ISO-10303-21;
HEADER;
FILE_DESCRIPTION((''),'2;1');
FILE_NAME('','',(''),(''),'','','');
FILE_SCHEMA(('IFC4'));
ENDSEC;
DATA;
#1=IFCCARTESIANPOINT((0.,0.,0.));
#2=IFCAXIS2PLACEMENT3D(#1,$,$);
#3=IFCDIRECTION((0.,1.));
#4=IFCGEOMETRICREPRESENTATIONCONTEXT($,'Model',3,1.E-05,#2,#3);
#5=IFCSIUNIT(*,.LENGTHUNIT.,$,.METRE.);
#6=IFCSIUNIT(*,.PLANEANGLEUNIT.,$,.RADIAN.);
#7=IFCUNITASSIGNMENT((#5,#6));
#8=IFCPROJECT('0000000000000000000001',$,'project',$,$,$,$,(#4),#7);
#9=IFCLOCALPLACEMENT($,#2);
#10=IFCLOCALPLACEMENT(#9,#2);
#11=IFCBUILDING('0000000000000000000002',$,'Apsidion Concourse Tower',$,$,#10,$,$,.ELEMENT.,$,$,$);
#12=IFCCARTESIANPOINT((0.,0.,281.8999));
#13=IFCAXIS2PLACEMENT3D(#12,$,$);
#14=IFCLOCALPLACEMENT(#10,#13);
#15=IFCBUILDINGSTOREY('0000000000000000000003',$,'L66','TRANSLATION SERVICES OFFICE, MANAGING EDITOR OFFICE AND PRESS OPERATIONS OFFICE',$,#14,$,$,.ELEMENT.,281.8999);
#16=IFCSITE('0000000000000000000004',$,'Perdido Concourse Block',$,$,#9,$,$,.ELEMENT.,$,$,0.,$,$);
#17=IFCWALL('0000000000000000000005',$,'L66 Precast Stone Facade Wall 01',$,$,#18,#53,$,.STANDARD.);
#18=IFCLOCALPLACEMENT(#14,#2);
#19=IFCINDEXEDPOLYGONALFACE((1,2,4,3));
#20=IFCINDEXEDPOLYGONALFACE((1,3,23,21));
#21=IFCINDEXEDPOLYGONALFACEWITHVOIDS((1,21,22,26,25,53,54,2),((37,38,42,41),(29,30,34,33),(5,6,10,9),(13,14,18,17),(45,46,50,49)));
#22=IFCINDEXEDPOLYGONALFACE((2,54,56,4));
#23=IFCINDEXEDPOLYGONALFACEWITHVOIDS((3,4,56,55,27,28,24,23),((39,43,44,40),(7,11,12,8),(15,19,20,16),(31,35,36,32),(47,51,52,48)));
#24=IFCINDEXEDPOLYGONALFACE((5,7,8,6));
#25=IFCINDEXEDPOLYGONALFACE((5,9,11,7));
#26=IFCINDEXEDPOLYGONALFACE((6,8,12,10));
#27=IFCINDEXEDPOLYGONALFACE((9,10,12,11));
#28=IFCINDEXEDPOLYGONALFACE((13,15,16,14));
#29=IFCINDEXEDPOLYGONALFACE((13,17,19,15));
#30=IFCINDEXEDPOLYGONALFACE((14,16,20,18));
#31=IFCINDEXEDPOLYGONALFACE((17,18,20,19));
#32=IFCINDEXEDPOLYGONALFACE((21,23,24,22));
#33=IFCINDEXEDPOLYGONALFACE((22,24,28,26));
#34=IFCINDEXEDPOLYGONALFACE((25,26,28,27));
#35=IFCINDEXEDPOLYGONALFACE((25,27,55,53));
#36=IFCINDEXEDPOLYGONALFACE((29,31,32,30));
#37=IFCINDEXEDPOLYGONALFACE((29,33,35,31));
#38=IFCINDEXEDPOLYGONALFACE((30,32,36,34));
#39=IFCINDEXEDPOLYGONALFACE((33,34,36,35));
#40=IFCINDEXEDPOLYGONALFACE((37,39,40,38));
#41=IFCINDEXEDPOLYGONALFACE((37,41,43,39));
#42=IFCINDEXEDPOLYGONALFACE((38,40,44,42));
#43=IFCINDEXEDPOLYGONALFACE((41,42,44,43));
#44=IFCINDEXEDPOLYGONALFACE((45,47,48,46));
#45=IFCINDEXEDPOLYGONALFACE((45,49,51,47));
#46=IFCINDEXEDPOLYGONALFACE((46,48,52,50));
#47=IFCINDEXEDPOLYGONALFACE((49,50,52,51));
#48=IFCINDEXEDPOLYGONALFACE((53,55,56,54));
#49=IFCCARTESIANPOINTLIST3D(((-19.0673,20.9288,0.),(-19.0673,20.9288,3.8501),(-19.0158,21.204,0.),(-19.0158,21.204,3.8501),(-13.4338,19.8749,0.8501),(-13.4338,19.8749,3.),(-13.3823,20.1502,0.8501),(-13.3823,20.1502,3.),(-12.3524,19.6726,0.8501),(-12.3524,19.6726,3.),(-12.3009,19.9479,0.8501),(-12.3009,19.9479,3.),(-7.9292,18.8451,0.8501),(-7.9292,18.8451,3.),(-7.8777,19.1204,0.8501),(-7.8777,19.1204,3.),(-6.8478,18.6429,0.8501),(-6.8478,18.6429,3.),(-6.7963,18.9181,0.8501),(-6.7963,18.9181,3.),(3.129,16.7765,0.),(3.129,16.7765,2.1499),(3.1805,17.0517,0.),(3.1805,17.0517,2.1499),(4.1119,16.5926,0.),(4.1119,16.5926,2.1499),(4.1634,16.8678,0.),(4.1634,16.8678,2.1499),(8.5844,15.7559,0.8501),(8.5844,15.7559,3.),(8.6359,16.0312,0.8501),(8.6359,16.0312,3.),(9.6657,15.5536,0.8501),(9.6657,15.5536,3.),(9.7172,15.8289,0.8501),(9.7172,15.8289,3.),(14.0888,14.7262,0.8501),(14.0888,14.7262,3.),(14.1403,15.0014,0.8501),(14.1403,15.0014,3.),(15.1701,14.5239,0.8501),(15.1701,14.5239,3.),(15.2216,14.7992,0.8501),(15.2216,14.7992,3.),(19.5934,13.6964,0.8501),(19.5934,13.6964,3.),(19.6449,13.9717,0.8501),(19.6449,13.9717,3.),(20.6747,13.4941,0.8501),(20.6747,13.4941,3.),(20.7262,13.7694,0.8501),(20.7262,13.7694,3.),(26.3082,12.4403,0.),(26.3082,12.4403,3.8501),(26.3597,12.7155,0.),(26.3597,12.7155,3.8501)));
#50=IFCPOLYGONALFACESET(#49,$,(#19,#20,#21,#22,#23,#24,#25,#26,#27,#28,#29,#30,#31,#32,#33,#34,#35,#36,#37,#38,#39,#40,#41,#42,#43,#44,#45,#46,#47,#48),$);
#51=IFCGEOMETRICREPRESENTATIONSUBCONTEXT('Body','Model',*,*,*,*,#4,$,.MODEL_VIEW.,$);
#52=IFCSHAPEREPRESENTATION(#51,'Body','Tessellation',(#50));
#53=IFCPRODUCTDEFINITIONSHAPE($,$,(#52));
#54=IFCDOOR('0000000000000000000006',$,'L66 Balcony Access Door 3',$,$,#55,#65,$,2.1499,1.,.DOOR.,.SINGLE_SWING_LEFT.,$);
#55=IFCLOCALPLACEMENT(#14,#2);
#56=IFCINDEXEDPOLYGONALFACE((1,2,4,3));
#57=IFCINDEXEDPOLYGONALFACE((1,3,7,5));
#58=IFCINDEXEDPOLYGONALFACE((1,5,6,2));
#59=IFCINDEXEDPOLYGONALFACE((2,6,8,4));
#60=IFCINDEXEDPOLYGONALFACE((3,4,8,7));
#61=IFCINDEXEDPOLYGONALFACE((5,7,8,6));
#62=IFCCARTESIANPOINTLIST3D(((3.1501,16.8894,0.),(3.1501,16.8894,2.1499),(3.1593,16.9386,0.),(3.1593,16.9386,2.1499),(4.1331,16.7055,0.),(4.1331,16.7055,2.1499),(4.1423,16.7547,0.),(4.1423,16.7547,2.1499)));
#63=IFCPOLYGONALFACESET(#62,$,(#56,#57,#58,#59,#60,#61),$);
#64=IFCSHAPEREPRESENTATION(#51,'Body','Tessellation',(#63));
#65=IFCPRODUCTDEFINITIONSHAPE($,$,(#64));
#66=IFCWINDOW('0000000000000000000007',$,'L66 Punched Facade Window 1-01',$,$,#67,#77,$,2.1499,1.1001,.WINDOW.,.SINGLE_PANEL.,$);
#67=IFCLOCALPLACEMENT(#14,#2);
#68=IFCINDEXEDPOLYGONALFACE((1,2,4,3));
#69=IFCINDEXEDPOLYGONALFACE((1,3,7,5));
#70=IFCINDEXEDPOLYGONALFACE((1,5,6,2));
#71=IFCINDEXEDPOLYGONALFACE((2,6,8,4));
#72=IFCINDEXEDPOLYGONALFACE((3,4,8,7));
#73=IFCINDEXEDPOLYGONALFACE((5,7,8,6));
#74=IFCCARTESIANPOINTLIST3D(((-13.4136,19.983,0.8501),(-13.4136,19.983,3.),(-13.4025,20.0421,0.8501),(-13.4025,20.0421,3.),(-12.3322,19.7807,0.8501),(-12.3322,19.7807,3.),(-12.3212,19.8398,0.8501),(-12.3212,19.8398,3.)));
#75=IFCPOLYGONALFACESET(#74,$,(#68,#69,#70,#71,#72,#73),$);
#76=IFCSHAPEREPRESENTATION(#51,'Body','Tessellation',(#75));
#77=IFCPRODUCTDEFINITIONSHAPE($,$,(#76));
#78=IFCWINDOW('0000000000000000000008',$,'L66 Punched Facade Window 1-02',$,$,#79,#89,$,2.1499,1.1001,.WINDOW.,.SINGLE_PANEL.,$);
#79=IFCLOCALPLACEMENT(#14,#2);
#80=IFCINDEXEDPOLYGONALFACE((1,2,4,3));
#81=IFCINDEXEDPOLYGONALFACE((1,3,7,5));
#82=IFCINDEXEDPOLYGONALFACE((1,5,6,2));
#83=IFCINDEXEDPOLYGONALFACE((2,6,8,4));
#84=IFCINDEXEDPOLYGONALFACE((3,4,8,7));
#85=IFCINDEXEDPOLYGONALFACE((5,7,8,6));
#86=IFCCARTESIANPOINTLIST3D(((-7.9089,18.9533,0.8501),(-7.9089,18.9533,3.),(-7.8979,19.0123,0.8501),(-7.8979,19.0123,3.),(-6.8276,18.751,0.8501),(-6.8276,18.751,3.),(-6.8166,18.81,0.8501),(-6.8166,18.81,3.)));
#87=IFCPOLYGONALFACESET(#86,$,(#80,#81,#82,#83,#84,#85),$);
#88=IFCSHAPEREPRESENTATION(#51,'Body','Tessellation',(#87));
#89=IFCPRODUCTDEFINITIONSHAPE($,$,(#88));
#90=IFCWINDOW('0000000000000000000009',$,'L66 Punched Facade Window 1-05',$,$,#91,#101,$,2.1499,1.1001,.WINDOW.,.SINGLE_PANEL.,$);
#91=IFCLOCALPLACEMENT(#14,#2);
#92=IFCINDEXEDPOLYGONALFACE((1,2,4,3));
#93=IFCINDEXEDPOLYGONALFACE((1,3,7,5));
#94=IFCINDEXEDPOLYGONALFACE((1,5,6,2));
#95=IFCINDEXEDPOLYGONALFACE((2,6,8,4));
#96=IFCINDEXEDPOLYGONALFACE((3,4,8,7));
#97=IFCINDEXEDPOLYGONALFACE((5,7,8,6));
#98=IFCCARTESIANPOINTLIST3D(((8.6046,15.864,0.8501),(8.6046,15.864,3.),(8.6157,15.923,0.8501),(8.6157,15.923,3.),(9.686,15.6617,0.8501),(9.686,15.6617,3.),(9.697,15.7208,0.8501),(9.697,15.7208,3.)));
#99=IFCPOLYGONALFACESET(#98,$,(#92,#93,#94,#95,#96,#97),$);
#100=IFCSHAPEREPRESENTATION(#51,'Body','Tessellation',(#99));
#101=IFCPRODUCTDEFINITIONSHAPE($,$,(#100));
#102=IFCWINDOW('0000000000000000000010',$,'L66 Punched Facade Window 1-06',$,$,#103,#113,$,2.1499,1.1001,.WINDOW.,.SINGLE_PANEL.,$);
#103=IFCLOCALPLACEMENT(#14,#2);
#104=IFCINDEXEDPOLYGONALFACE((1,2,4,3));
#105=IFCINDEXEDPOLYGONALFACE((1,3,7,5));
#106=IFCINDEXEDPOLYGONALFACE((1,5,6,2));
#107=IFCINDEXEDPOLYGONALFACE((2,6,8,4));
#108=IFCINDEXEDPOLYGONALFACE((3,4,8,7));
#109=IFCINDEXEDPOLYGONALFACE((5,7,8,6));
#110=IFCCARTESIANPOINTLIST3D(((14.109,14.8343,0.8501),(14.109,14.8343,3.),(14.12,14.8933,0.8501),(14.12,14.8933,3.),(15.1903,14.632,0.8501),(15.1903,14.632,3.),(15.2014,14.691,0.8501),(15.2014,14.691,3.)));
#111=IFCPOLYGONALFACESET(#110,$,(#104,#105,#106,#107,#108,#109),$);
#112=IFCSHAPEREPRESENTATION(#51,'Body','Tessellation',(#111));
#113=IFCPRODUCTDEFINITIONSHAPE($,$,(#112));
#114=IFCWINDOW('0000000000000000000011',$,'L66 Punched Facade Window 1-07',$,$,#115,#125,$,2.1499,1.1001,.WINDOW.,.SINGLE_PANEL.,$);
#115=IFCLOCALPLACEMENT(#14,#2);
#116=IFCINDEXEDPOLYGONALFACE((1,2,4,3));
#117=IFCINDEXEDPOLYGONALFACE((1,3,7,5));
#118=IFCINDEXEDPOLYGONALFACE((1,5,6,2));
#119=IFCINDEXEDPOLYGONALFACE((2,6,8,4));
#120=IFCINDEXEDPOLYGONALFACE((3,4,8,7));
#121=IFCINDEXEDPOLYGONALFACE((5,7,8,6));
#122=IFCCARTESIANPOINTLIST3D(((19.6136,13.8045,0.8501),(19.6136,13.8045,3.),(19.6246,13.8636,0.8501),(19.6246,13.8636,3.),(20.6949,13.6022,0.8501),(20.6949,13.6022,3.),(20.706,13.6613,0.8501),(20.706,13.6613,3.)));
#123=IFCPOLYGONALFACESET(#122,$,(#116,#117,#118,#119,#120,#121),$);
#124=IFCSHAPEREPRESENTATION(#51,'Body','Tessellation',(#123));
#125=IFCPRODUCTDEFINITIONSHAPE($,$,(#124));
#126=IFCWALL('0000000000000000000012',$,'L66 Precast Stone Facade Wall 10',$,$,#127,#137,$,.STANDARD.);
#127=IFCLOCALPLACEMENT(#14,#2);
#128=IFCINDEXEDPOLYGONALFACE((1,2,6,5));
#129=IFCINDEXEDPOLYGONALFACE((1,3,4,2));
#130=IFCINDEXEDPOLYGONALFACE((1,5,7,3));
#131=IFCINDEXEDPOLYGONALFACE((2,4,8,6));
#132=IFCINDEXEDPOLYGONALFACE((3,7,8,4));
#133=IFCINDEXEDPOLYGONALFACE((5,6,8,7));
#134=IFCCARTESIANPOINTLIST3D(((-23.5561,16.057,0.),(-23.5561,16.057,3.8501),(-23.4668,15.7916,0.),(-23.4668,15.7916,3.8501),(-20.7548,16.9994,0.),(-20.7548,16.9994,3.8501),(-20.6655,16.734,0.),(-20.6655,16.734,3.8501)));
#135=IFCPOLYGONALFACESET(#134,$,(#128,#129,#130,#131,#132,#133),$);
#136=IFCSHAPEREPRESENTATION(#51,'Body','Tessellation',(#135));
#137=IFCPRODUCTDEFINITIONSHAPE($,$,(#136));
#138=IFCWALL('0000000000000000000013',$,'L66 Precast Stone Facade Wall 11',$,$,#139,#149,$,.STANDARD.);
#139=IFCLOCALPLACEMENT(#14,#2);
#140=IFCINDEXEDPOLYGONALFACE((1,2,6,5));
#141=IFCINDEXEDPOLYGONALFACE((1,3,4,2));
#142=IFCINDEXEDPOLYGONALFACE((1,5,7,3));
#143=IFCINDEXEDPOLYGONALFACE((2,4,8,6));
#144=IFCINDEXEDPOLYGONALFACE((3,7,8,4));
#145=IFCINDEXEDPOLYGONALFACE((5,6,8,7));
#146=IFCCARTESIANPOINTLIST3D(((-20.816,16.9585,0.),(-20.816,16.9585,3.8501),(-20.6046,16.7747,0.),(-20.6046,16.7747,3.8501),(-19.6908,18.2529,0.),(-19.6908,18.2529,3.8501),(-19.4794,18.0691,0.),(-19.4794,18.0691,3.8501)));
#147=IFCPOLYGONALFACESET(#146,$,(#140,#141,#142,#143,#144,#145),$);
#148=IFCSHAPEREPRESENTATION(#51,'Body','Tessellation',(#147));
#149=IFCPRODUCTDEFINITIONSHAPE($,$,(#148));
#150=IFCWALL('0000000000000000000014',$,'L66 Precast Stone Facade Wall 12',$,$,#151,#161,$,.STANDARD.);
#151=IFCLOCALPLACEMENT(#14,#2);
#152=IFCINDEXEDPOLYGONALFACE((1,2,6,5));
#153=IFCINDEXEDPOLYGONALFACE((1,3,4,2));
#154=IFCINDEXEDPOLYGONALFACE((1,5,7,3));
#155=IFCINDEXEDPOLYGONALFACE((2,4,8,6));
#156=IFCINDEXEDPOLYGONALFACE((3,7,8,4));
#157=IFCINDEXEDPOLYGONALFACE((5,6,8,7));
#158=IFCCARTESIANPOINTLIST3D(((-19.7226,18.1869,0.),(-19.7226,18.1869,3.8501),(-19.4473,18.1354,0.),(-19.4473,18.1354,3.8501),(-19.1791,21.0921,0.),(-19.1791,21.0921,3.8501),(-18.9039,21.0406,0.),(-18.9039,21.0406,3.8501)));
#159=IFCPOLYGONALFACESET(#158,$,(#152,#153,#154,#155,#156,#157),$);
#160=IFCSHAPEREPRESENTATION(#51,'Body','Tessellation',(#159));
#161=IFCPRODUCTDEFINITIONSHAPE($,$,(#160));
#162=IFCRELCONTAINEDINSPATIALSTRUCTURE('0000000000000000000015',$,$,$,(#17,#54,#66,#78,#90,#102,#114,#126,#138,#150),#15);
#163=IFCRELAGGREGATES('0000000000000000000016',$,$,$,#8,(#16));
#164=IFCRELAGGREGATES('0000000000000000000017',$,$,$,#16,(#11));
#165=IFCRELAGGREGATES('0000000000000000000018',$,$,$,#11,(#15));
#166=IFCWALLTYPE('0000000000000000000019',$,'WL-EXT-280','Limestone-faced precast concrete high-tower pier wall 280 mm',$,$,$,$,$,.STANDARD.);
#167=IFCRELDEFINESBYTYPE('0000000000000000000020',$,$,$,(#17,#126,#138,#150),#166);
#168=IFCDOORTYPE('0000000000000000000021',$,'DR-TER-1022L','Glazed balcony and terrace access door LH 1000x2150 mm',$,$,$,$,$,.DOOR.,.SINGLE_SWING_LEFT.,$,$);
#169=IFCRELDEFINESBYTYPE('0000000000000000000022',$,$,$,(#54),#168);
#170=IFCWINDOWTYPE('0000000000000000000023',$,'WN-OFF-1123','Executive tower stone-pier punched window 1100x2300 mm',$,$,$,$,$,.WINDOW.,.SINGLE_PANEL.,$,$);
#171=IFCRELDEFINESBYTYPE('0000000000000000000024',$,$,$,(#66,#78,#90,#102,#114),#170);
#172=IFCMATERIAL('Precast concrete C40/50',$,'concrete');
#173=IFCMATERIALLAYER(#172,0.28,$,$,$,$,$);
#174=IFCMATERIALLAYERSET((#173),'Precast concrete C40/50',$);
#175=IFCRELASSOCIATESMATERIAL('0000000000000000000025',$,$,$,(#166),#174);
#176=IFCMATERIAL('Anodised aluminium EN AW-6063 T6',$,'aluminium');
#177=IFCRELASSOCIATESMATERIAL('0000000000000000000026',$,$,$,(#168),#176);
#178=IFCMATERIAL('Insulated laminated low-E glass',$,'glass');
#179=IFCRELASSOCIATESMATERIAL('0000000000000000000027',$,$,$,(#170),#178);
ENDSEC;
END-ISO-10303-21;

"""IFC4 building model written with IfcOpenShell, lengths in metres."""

from ifc_helpers import new_model, si_unit, direction, frame, frame_2d, origin, place, context, subcontext, project, spatial, rectangle, extrude, material, layer, layer_set, type_object, element, fill, save


model = new_model("IFC4")

# Units and contexts
model_context = context("Model", 3, precision=1e-05, world=origin(), true_north=direction((0.0, 1.0)))
body_context = subcontext(model_context, "Body", "Model", "MODEL_VIEW")
ifc_project = project(units=[si_unit("LENGTHUNIT", "METRE"), si_unit("PLANEANGLEUNIT", "RADIAN")], contexts=[model_context])

# Site, building, storey
site_placement = place(None, origin())
site = spatial("IfcSite", under=ifc_project, at=site_placement, Name="Perdido Concourse Block", CompositionType="ELEMENT", RefElevation=0.0)
building_placement = place(site_placement, origin())
building = spatial("IfcBuilding", under=site, at=building_placement, Name="Apsidion Concourse Tower", CompositionType="ELEMENT")
storey_placement = place(building_placement, frame((0.0, 0.0, 281.8999)))
storey = spatial("IfcBuildingStorey", under=building, at=storey_placement, Name="L66", Description="TRANSLATION SERVICES OFFICE, MANAGING EDITOR OFFICE AND PRESS OPERATIONS OFFICE", CompositionType="ELEMENT", Elevation=281.8999)

# Wall, openings, door, windows
ifc_material_1 = material(Name="Precast concrete C40/50", Category="concrete")
ifc_layer = layer(ifc_material_1, 0.28)
ifc_layer_set = layer_set([ifc_layer], Name="Precast concrete C40/50")
wall_type = type_object("IfcWallType", Name="WL-EXT-280", Description="Limestone-faced precast concrete high-tower pier wall 280 mm", PredefinedType="STANDARD", material=ifc_layer_set)
wall_1_placement = place(storey_placement, frame((-19.0415, 21.0664, 0.0), z_axis=(0.0, 0.0, 1.0), x_axis=(0.982948, -0.183883, 0.0)))
wall_1 = element("IfcWall", 1, at=wall_1_placement, inside=storey, type_object=wall_type, Name="L66 Precast Stone Facade Wall 01", PredefinedType="STANDARD", context=body_context, shape_type="SweptSolid", body=[
    extrude(rectangle(XDim=46.1626, YDim=0.28, at=frame_2d((23.0813, 0.0))), origin(), (0.0, 0.0, 1.0), 3.8501),
])
opening_1_placement = place(wall_1_placement, frame((22.5813, 0.0, 0.0)))
opening_1 = element("IfcOpeningElement", 2, at=opening_1_placement, cuts=wall_1, PredefinedType="OPENING", context=body_context, shape_type="SweptSolid", body=[
    extrude(rectangle(XDim=1.0, YDim=2.1499, at=frame_2d((0.5, 1.075))), frame((0.0, 0.1499, 0.0), z_axis=(0.0, -1.0, 0.0), x_axis=(1.0, 0.0, 0.0)), (0.0, 0.0, 1.0), 0.3),
])
opening_2_placement = place(wall_1_placement, frame((5.7312, 0.0, 0.8501)))
opening_2 = element("IfcOpeningElement", 3, at=opening_2_placement, cuts=wall_1, PredefinedType="OPENING", context=body_context, shape_type="SweptSolid", body=[
    extrude(rectangle(XDim=1.1001, YDim=2.1499, at=frame_2d((0.55, 1.075))), frame((0.0, 0.1499, 0.0), z_axis=(0.0, -1.0, 0.0), x_axis=(1.0, 0.0, 0.0)), (0.0, 0.0, 1.0), 0.3),
])
opening_3_placement = place(wall_1_placement, frame((11.3313, 0.0, 0.8501)))
opening_3 = element("IfcOpeningElement", 4, at=opening_3_placement, cuts=wall_1, PredefinedType="OPENING", context=body_context, shape_type="SweptSolid", body=[
    extrude(rectangle(XDim=1.1001, YDim=2.1499, at=frame_2d((0.55, 1.075))), frame((0.0, 0.1499, 0.0), z_axis=(0.0, -1.0, 0.0), x_axis=(1.0, 0.0, 0.0)), (0.0, 0.0, 1.0), 0.3),
])
opening_4_placement = place(wall_1_placement, frame((28.1313, 0.0, 0.8501)))
opening_4 = element("IfcOpeningElement", 5, at=opening_4_placement, cuts=wall_1, PredefinedType="OPENING", context=body_context, shape_type="SweptSolid", body=[
    extrude(rectangle(XDim=1.1001, YDim=2.1499, at=frame_2d((0.55, 1.075))), frame((0.0, 0.1499, 0.0), z_axis=(0.0, -1.0, 0.0), x_axis=(1.0, 0.0, 0.0)), (0.0, 0.0, 1.0), 0.3),
])
opening_5_placement = place(wall_1_placement, frame((33.7312, 0.0, 0.8501)))
opening_5 = element("IfcOpeningElement", 6, at=opening_5_placement, cuts=wall_1, PredefinedType="OPENING", context=body_context, shape_type="SweptSolid", body=[
    extrude(rectangle(XDim=1.1001, YDim=2.1499, at=frame_2d((0.55, 1.075))), frame((0.0, 0.1499, 0.0), z_axis=(0.0, -1.0, 0.0), x_axis=(1.0, 0.0, 0.0)), (0.0, 0.0, 1.0), 0.3),
])
opening_6_placement = place(wall_1_placement, frame((39.3313, 0.0, 0.8501)))
opening_6 = element("IfcOpeningElement", 7, at=opening_6_placement, cuts=wall_1, PredefinedType="OPENING", context=body_context, shape_type="SweptSolid", body=[
    extrude(rectangle(XDim=1.1001, YDim=2.1499, at=frame_2d((0.55, 1.075))), frame((0.0, 0.1499, 0.0), z_axis=(0.0, -1.0, 0.0), x_axis=(1.0, 0.0, 0.0)), (0.0, 0.0, 1.0), 0.3),
])
ifc_material_2 = material(Name="Anodised aluminium EN AW-6063 T6", Category="aluminium")
door_type = type_object("IfcDoorType", Name="DR-TER-1022L", Description="Glazed balcony and terrace access door LH 1000x2150 mm", OperationType="SINGLE_SWING_LEFT", PredefinedType="DOOR", material=ifc_material_2)
door_placement = place(opening_1_placement, origin())
door = element("IfcDoor", 8, at=door_placement, inside=storey, type_object=door_type, Name="L66 Balcony Access Door 3", OperationType="SINGLE_SWING_LEFT", OverallHeight=2.1499, OverallWidth=1.0, PredefinedType="DOOR", context=body_context, shape_type="SweptSolid", body=[
    extrude(rectangle(XDim=1.0, YDim=2.1499, at=frame_2d((0.5, 1.075))), frame((0.0, 0.0249, 0.0), z_axis=(0.0, -1.0, 0.0), x_axis=(1.0, 0.0, 0.0)), (0.0, 0.0, 1.0), 0.05),
])
fill(opening_1, door)
ifc_material_3 = material(Name="Insulated laminated low-E glass", Category="glass")
window_type = type_object("IfcWindowType", Name="WN-OFF-1123", Description="Executive tower stone-pier punched window 1100x2300 mm", PartitioningType="SINGLE_PANEL", PredefinedType="WINDOW", material=ifc_material_3)
window_1_placement = place(opening_2_placement, origin())
window_1 = element("IfcWindow", 9, at=window_1_placement, inside=storey, type_object=window_type, Name="L66 Punched Facade Window 1-01", OverallHeight=2.1499, OverallWidth=1.1001, PartitioningType="SINGLE_PANEL", PredefinedType="WINDOW", context=body_context, shape_type="SweptSolid", body=[
    extrude(rectangle(XDim=1.1001, YDim=2.1499, at=frame_2d((0.55, 1.075))), frame((0.0, 0.03, 0.0), z_axis=(0.0, -1.0, 0.0), x_axis=(1.0, 0.0, 0.0)), (0.0, 0.0, 1.0), 0.0601),
])
fill(opening_2, window_1)
window_2_placement = place(opening_3_placement, origin())
window_2 = element("IfcWindow", 10, at=window_2_placement, inside=storey, type_object=window_type, Name="L66 Punched Facade Window 1-02", OverallHeight=2.1499, OverallWidth=1.1001, PartitioningType="SINGLE_PANEL", PredefinedType="WINDOW", context=body_context, shape_type="SweptSolid", body=[
    extrude(rectangle(XDim=1.1001, YDim=2.1499, at=frame_2d((0.55, 1.075))), frame((0.0, 0.03, 0.0), z_axis=(0.0, -1.0, 0.0), x_axis=(1.0, 0.0, 0.0)), (0.0, 0.0, 1.0), 0.0601),
])
fill(opening_3, window_2)
window_3_placement = place(opening_4_placement, origin())
window_3 = element("IfcWindow", 11, at=window_3_placement, inside=storey, type_object=window_type, Name="L66 Punched Facade Window 1-05", OverallHeight=2.1499, OverallWidth=1.1001, PartitioningType="SINGLE_PANEL", PredefinedType="WINDOW", context=body_context, shape_type="SweptSolid", body=[
    extrude(rectangle(XDim=1.1001, YDim=2.1499, at=frame_2d((0.55, 1.075))), frame((0.0, 0.03, 0.0), z_axis=(0.0, -1.0, 0.0), x_axis=(1.0, 0.0, 0.0)), (0.0, 0.0, 1.0), 0.0601),
])
fill(opening_4, window_3)
window_4_placement = place(opening_5_placement, origin())
window_4 = element("IfcWindow", 12, at=window_4_placement, inside=storey, type_object=window_type, Name="L66 Punched Facade Window 1-06", OverallHeight=2.1499, OverallWidth=1.1001, PartitioningType="SINGLE_PANEL", PredefinedType="WINDOW", context=body_context, shape_type="SweptSolid", body=[
    extrude(rectangle(XDim=1.1001, YDim=2.1499, at=frame_2d((0.55, 1.075))), frame((0.0, 0.03, 0.0), z_axis=(0.0, -1.0, 0.0), x_axis=(1.0, 0.0, 0.0)), (0.0, 0.0, 1.0), 0.0601),
])
fill(opening_5, window_4)
window_5_placement = place(opening_6_placement, origin())
window_5 = element("IfcWindow", 13, at=window_5_placement, inside=storey, type_object=window_type, Name="L66 Punched Facade Window 1-07", OverallHeight=2.1499, OverallWidth=1.1001, PartitioningType="SINGLE_PANEL", PredefinedType="WINDOW", context=body_context, shape_type="SweptSolid", body=[
    extrude(rectangle(XDim=1.1001, YDim=2.1499, at=frame_2d((0.55, 1.075))), frame((0.0, 0.03, 0.0), z_axis=(0.0, -1.0, 0.0), x_axis=(1.0, 0.0, 0.0)), (0.0, 0.0, 1.0), 0.0601),
])
fill(opening_6, window_5)

# Walls
wall_2_placement = place(storey_placement, frame((-23.5115, 15.9243, 0.0), z_axis=(0.0, 0.0, 1.0), x_axis=(0.947804, 0.318853, 0.0)))
element("IfcWall", 14, at=wall_2_placement, inside=storey, type_object=wall_type, Name="L66 Precast Stone Facade Wall 10", PredefinedType="STANDARD", context=body_context, shape_type="SweptSolid", body=[
    extrude(rectangle(XDim=2.9556, YDim=0.28, at=frame_2d((1.4778, 0.0))), origin(), (0.0, 0.0, 1.0), 3.8501),
])
wall_3_placement = place(storey_placement, frame((-20.7102, 16.8667, 0.0), z_axis=(0.0, 0.0, 1.0), x_axis=(0.656062, 0.754707, 0.0)))
element("IfcWall", 15, at=wall_3_placement, inside=storey, type_object=wall_type, Name="L66 Precast Stone Facade Wall 11", PredefinedType="STANDARD", context=body_context, shape_type="SweptSolid", body=[
    extrude(rectangle(XDim=1.7151, YDim=0.28, at=frame_2d((0.8574, 0.0))), origin(), (0.0, 0.0, 1.0), 3.8501),
])
wall_4_placement = place(storey_placement, frame((-19.585, 18.1611, 0.0), z_axis=(0.0, 0.0, 1.0), x_axis=(0.18387, 0.982951, 0.0)))
element("IfcWall", 16, at=wall_4_placement, inside=storey, type_object=wall_type, Name="L66 Precast Stone Facade Wall 12", PredefinedType="STANDARD", context=body_context, shape_type="SweptSolid", body=[
    extrude(rectangle(XDim=2.9556, YDim=0.28, at=frame_2d((1.4778, 0.0))), origin(), (0.0, 0.0, 1.0), 3.8501),
])

save(model, "model.ifc")
